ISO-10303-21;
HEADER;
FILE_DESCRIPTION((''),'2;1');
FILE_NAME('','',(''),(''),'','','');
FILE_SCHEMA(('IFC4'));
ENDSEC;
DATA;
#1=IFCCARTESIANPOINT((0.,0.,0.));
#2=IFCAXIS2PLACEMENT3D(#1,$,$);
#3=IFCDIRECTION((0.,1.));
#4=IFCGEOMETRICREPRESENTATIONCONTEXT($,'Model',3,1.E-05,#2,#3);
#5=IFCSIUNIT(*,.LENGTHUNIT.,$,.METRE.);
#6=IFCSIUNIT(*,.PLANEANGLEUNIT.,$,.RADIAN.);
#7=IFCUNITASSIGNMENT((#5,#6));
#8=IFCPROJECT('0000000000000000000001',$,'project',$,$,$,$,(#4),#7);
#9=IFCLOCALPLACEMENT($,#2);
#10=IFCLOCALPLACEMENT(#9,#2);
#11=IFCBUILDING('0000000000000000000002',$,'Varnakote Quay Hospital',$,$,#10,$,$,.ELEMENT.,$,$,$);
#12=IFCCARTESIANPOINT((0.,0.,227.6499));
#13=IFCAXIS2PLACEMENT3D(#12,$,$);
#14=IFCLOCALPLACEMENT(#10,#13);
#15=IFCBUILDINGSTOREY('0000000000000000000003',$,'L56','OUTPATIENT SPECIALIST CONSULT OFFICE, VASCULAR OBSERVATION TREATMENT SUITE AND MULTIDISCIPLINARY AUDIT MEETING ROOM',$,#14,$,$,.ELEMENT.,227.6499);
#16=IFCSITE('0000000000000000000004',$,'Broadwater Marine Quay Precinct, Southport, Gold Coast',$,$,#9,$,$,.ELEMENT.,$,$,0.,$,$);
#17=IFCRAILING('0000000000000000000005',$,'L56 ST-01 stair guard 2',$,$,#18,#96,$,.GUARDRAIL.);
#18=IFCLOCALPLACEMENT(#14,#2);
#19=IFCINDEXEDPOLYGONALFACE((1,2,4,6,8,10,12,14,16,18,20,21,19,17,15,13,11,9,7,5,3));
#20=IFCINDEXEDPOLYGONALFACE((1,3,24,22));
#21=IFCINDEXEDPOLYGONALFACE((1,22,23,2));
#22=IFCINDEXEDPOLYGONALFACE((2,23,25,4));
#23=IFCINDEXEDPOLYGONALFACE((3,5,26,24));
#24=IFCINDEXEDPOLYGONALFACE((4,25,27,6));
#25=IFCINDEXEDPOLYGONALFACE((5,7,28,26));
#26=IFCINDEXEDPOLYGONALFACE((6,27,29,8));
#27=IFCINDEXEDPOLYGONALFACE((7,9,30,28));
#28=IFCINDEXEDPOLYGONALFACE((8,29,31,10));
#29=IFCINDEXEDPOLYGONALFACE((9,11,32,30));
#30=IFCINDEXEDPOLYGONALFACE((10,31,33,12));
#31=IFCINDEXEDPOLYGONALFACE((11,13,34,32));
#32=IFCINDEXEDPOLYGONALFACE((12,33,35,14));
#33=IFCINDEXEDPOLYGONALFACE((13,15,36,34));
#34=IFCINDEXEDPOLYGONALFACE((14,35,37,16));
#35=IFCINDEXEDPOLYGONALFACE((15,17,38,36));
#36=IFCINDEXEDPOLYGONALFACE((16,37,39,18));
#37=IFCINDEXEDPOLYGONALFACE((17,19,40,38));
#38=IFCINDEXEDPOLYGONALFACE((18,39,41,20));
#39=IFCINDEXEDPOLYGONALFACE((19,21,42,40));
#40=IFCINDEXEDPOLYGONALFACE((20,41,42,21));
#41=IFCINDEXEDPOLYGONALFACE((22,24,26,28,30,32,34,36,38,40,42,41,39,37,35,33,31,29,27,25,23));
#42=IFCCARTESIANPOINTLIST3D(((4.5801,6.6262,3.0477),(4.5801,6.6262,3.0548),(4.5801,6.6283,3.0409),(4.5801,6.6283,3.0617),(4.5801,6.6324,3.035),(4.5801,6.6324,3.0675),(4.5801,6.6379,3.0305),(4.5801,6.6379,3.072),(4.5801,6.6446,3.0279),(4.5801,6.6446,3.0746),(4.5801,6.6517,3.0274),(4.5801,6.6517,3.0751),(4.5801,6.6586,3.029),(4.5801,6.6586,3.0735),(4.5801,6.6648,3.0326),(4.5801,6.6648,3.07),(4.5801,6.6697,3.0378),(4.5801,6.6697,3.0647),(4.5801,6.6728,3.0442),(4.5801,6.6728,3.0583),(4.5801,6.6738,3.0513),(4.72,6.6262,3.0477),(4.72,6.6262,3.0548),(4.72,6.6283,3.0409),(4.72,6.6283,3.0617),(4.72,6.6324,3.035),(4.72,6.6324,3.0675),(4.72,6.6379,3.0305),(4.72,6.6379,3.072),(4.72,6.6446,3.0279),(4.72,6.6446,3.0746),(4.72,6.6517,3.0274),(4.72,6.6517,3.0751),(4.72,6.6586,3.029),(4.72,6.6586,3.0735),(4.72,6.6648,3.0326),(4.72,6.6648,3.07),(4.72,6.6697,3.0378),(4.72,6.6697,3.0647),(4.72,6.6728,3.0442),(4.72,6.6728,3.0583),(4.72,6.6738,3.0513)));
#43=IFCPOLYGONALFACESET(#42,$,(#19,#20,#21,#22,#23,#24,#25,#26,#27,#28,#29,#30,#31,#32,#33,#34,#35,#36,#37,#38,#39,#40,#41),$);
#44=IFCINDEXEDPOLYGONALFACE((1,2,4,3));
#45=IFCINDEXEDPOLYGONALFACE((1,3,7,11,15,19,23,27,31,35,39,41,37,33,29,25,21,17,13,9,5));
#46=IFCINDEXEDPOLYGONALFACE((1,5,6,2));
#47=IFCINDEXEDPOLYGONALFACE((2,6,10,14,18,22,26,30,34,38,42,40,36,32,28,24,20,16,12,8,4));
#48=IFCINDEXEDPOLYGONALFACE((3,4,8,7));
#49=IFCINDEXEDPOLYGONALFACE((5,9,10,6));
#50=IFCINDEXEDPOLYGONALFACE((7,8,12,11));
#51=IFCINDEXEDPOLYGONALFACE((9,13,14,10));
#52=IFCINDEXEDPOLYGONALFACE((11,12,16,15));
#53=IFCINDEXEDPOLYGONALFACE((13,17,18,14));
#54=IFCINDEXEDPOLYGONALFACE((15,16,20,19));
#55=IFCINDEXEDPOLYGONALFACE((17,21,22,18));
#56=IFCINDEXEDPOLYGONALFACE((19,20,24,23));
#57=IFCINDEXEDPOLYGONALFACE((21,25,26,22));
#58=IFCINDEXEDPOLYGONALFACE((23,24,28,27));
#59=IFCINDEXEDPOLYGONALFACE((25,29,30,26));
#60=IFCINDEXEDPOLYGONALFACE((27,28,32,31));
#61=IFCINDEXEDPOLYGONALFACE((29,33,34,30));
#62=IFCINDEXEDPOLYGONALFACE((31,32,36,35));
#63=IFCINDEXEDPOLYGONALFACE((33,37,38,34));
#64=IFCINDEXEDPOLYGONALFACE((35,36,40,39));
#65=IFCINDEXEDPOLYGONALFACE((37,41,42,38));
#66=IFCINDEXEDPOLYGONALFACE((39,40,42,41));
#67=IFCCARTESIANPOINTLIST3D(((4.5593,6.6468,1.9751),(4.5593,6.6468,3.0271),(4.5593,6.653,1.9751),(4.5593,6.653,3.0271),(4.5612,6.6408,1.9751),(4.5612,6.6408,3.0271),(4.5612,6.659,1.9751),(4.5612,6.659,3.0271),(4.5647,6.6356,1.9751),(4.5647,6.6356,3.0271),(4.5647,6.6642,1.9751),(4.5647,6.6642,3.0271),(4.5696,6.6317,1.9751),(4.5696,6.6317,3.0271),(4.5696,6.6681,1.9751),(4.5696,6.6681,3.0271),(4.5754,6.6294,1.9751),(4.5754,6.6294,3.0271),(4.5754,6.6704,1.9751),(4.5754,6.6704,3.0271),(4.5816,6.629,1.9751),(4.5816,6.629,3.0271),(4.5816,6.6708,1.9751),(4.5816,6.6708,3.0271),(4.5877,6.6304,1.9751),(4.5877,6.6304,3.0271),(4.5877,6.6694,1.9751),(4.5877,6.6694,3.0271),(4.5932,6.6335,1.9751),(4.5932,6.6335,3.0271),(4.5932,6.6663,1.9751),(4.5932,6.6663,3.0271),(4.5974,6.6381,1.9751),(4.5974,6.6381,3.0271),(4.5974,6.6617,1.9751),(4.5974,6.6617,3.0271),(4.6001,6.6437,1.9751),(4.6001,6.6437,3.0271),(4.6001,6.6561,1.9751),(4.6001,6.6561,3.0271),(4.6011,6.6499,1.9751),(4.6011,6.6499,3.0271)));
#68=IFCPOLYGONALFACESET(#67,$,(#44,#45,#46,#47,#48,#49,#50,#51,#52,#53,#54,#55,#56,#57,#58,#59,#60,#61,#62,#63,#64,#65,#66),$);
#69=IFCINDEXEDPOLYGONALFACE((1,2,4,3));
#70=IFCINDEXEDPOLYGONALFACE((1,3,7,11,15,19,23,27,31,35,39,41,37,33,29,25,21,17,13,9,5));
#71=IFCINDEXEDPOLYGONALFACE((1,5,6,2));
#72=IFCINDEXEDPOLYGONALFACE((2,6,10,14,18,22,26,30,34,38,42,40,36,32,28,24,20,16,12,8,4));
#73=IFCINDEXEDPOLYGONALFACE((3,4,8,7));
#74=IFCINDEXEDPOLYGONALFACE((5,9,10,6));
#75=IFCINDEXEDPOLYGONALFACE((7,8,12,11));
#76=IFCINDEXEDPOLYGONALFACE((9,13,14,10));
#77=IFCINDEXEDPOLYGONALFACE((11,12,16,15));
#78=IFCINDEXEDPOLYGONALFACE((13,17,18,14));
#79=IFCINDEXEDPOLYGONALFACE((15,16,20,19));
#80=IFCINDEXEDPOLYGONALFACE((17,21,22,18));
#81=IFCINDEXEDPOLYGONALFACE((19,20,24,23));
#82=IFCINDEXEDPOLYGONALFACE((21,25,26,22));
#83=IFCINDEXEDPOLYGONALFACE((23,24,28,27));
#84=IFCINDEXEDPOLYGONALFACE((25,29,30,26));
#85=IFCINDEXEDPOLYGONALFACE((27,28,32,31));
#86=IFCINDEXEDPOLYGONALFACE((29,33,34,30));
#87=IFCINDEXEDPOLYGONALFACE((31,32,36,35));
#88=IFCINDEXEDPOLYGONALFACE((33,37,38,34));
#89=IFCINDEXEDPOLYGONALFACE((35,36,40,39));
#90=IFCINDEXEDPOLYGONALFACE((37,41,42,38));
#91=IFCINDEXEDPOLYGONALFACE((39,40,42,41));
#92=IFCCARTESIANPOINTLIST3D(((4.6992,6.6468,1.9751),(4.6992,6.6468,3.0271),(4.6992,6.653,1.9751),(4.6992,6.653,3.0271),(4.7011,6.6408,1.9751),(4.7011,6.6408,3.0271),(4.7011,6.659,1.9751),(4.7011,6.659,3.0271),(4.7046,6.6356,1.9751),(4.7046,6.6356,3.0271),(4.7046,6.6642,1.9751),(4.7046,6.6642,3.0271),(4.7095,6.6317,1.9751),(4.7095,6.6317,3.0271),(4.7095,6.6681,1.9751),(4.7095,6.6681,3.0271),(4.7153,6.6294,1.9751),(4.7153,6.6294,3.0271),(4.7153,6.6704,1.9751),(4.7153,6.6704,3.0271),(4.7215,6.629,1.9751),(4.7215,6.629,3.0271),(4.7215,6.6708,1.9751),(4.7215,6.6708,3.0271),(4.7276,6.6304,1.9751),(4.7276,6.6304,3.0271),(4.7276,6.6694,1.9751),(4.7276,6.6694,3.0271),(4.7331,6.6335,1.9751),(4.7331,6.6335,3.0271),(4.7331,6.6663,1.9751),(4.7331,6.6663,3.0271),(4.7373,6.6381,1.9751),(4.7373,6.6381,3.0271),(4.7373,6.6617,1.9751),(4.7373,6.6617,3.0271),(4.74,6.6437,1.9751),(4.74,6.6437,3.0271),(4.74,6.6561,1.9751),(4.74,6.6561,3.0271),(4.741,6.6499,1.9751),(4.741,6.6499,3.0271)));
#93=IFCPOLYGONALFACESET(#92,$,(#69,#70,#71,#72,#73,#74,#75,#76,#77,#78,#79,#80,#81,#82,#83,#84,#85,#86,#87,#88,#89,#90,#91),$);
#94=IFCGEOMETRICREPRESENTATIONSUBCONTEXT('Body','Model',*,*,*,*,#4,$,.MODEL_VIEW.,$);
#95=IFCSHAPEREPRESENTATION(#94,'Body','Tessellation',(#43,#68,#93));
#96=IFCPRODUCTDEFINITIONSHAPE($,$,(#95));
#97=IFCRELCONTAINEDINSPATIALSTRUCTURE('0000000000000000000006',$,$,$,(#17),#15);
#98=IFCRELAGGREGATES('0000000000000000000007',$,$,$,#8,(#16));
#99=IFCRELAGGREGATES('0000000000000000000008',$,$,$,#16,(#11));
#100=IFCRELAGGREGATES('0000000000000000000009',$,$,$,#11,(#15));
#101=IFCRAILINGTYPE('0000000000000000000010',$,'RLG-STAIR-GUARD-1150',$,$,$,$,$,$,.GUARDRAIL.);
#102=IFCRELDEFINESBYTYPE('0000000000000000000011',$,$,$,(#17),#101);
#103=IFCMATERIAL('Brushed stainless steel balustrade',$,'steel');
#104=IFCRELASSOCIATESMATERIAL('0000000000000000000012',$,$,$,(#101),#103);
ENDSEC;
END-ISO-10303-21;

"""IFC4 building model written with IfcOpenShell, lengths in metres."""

from ifc_helpers import new_model, si_unit, direction, frame, origin, origin_2d, place, context, subcontext, project, spatial, circle, extrude, material, type_object, element, save


model = new_model("IFC4")

# Units and contexts
model_context = context("Model", 3, precision=1e-05, world=origin(), true_north=direction((0.0, 1.0)))
body_context = subcontext(model_context, "Body", "Model", "MODEL_VIEW")
ifc_project = project(units=[si_unit("LENGTHUNIT", "METRE"), si_unit("PLANEANGLEUNIT", "RADIAN")], contexts=[model_context])

# Site, building, storey
site_placement = place(None, origin())
site = spatial("IfcSite", under=ifc_project, at=site_placement, Name="Broadwater Marine Quay Precinct, Southport, Gold Coast", CompositionType="ELEMENT", RefElevation=0.0)
building_placement = place(site_placement, origin())
building = spatial("IfcBuilding", under=site, at=building_placement, Name="Varnakote Quay Hospital", CompositionType="ELEMENT")
storey_placement = place(building_placement, frame((0.0, 0.0, 227.6499)))
storey = spatial("IfcBuildingStorey", under=building, at=storey_placement, Name="L56", Description="OUTPATIENT SPECIALIST CONSULT OFFICE, VASCULAR OBSERVATION TREATMENT SUITE AND MULTIDISCIPLINARY AUDIT MEETING ROOM", CompositionType="ELEMENT", Elevation=227.6499)

# Railing
ifc_material_1 = material(Name="Brushed stainless steel balustrade", Category="steel")
railing_type_1 = type_object("IfcRailingType", Name="RLG-STAIR-GUARD-1150", PredefinedType="GUARDRAIL", material=ifc_material_1)
railing_1_placement = place(storey_placement, frame((4.5801, 6.6499, 1.9751)))
element("IfcRailing", 1, at=railing_1_placement, inside=storey, type_object=railing_type_1, Name="L56 ST-01 stair guard 2", PredefinedType="GUARDRAIL", context=body_context, shape_type="SweptSolid", body=[
    extrude(circle(Radius=0.0239, at=origin_2d()), frame((0.0, 0.0, 1.0762), z_axis=(1.0, 0.0, 0.0), x_axis=(0.0, 1.0, 0.0)), (0.0, 0.0, 1.0), 0.1399),
    extrude(circle(Radius=0.021, at=origin_2d()), origin(), (0.0, 0.0, 1.0), 1.052),
    extrude(circle(Radius=0.021, at=origin_2d()), frame((0.1399, 0.0, 0.0)), (0.0, 0.0, 1.0), 1.052),
])

save(model, "model.ifc")
